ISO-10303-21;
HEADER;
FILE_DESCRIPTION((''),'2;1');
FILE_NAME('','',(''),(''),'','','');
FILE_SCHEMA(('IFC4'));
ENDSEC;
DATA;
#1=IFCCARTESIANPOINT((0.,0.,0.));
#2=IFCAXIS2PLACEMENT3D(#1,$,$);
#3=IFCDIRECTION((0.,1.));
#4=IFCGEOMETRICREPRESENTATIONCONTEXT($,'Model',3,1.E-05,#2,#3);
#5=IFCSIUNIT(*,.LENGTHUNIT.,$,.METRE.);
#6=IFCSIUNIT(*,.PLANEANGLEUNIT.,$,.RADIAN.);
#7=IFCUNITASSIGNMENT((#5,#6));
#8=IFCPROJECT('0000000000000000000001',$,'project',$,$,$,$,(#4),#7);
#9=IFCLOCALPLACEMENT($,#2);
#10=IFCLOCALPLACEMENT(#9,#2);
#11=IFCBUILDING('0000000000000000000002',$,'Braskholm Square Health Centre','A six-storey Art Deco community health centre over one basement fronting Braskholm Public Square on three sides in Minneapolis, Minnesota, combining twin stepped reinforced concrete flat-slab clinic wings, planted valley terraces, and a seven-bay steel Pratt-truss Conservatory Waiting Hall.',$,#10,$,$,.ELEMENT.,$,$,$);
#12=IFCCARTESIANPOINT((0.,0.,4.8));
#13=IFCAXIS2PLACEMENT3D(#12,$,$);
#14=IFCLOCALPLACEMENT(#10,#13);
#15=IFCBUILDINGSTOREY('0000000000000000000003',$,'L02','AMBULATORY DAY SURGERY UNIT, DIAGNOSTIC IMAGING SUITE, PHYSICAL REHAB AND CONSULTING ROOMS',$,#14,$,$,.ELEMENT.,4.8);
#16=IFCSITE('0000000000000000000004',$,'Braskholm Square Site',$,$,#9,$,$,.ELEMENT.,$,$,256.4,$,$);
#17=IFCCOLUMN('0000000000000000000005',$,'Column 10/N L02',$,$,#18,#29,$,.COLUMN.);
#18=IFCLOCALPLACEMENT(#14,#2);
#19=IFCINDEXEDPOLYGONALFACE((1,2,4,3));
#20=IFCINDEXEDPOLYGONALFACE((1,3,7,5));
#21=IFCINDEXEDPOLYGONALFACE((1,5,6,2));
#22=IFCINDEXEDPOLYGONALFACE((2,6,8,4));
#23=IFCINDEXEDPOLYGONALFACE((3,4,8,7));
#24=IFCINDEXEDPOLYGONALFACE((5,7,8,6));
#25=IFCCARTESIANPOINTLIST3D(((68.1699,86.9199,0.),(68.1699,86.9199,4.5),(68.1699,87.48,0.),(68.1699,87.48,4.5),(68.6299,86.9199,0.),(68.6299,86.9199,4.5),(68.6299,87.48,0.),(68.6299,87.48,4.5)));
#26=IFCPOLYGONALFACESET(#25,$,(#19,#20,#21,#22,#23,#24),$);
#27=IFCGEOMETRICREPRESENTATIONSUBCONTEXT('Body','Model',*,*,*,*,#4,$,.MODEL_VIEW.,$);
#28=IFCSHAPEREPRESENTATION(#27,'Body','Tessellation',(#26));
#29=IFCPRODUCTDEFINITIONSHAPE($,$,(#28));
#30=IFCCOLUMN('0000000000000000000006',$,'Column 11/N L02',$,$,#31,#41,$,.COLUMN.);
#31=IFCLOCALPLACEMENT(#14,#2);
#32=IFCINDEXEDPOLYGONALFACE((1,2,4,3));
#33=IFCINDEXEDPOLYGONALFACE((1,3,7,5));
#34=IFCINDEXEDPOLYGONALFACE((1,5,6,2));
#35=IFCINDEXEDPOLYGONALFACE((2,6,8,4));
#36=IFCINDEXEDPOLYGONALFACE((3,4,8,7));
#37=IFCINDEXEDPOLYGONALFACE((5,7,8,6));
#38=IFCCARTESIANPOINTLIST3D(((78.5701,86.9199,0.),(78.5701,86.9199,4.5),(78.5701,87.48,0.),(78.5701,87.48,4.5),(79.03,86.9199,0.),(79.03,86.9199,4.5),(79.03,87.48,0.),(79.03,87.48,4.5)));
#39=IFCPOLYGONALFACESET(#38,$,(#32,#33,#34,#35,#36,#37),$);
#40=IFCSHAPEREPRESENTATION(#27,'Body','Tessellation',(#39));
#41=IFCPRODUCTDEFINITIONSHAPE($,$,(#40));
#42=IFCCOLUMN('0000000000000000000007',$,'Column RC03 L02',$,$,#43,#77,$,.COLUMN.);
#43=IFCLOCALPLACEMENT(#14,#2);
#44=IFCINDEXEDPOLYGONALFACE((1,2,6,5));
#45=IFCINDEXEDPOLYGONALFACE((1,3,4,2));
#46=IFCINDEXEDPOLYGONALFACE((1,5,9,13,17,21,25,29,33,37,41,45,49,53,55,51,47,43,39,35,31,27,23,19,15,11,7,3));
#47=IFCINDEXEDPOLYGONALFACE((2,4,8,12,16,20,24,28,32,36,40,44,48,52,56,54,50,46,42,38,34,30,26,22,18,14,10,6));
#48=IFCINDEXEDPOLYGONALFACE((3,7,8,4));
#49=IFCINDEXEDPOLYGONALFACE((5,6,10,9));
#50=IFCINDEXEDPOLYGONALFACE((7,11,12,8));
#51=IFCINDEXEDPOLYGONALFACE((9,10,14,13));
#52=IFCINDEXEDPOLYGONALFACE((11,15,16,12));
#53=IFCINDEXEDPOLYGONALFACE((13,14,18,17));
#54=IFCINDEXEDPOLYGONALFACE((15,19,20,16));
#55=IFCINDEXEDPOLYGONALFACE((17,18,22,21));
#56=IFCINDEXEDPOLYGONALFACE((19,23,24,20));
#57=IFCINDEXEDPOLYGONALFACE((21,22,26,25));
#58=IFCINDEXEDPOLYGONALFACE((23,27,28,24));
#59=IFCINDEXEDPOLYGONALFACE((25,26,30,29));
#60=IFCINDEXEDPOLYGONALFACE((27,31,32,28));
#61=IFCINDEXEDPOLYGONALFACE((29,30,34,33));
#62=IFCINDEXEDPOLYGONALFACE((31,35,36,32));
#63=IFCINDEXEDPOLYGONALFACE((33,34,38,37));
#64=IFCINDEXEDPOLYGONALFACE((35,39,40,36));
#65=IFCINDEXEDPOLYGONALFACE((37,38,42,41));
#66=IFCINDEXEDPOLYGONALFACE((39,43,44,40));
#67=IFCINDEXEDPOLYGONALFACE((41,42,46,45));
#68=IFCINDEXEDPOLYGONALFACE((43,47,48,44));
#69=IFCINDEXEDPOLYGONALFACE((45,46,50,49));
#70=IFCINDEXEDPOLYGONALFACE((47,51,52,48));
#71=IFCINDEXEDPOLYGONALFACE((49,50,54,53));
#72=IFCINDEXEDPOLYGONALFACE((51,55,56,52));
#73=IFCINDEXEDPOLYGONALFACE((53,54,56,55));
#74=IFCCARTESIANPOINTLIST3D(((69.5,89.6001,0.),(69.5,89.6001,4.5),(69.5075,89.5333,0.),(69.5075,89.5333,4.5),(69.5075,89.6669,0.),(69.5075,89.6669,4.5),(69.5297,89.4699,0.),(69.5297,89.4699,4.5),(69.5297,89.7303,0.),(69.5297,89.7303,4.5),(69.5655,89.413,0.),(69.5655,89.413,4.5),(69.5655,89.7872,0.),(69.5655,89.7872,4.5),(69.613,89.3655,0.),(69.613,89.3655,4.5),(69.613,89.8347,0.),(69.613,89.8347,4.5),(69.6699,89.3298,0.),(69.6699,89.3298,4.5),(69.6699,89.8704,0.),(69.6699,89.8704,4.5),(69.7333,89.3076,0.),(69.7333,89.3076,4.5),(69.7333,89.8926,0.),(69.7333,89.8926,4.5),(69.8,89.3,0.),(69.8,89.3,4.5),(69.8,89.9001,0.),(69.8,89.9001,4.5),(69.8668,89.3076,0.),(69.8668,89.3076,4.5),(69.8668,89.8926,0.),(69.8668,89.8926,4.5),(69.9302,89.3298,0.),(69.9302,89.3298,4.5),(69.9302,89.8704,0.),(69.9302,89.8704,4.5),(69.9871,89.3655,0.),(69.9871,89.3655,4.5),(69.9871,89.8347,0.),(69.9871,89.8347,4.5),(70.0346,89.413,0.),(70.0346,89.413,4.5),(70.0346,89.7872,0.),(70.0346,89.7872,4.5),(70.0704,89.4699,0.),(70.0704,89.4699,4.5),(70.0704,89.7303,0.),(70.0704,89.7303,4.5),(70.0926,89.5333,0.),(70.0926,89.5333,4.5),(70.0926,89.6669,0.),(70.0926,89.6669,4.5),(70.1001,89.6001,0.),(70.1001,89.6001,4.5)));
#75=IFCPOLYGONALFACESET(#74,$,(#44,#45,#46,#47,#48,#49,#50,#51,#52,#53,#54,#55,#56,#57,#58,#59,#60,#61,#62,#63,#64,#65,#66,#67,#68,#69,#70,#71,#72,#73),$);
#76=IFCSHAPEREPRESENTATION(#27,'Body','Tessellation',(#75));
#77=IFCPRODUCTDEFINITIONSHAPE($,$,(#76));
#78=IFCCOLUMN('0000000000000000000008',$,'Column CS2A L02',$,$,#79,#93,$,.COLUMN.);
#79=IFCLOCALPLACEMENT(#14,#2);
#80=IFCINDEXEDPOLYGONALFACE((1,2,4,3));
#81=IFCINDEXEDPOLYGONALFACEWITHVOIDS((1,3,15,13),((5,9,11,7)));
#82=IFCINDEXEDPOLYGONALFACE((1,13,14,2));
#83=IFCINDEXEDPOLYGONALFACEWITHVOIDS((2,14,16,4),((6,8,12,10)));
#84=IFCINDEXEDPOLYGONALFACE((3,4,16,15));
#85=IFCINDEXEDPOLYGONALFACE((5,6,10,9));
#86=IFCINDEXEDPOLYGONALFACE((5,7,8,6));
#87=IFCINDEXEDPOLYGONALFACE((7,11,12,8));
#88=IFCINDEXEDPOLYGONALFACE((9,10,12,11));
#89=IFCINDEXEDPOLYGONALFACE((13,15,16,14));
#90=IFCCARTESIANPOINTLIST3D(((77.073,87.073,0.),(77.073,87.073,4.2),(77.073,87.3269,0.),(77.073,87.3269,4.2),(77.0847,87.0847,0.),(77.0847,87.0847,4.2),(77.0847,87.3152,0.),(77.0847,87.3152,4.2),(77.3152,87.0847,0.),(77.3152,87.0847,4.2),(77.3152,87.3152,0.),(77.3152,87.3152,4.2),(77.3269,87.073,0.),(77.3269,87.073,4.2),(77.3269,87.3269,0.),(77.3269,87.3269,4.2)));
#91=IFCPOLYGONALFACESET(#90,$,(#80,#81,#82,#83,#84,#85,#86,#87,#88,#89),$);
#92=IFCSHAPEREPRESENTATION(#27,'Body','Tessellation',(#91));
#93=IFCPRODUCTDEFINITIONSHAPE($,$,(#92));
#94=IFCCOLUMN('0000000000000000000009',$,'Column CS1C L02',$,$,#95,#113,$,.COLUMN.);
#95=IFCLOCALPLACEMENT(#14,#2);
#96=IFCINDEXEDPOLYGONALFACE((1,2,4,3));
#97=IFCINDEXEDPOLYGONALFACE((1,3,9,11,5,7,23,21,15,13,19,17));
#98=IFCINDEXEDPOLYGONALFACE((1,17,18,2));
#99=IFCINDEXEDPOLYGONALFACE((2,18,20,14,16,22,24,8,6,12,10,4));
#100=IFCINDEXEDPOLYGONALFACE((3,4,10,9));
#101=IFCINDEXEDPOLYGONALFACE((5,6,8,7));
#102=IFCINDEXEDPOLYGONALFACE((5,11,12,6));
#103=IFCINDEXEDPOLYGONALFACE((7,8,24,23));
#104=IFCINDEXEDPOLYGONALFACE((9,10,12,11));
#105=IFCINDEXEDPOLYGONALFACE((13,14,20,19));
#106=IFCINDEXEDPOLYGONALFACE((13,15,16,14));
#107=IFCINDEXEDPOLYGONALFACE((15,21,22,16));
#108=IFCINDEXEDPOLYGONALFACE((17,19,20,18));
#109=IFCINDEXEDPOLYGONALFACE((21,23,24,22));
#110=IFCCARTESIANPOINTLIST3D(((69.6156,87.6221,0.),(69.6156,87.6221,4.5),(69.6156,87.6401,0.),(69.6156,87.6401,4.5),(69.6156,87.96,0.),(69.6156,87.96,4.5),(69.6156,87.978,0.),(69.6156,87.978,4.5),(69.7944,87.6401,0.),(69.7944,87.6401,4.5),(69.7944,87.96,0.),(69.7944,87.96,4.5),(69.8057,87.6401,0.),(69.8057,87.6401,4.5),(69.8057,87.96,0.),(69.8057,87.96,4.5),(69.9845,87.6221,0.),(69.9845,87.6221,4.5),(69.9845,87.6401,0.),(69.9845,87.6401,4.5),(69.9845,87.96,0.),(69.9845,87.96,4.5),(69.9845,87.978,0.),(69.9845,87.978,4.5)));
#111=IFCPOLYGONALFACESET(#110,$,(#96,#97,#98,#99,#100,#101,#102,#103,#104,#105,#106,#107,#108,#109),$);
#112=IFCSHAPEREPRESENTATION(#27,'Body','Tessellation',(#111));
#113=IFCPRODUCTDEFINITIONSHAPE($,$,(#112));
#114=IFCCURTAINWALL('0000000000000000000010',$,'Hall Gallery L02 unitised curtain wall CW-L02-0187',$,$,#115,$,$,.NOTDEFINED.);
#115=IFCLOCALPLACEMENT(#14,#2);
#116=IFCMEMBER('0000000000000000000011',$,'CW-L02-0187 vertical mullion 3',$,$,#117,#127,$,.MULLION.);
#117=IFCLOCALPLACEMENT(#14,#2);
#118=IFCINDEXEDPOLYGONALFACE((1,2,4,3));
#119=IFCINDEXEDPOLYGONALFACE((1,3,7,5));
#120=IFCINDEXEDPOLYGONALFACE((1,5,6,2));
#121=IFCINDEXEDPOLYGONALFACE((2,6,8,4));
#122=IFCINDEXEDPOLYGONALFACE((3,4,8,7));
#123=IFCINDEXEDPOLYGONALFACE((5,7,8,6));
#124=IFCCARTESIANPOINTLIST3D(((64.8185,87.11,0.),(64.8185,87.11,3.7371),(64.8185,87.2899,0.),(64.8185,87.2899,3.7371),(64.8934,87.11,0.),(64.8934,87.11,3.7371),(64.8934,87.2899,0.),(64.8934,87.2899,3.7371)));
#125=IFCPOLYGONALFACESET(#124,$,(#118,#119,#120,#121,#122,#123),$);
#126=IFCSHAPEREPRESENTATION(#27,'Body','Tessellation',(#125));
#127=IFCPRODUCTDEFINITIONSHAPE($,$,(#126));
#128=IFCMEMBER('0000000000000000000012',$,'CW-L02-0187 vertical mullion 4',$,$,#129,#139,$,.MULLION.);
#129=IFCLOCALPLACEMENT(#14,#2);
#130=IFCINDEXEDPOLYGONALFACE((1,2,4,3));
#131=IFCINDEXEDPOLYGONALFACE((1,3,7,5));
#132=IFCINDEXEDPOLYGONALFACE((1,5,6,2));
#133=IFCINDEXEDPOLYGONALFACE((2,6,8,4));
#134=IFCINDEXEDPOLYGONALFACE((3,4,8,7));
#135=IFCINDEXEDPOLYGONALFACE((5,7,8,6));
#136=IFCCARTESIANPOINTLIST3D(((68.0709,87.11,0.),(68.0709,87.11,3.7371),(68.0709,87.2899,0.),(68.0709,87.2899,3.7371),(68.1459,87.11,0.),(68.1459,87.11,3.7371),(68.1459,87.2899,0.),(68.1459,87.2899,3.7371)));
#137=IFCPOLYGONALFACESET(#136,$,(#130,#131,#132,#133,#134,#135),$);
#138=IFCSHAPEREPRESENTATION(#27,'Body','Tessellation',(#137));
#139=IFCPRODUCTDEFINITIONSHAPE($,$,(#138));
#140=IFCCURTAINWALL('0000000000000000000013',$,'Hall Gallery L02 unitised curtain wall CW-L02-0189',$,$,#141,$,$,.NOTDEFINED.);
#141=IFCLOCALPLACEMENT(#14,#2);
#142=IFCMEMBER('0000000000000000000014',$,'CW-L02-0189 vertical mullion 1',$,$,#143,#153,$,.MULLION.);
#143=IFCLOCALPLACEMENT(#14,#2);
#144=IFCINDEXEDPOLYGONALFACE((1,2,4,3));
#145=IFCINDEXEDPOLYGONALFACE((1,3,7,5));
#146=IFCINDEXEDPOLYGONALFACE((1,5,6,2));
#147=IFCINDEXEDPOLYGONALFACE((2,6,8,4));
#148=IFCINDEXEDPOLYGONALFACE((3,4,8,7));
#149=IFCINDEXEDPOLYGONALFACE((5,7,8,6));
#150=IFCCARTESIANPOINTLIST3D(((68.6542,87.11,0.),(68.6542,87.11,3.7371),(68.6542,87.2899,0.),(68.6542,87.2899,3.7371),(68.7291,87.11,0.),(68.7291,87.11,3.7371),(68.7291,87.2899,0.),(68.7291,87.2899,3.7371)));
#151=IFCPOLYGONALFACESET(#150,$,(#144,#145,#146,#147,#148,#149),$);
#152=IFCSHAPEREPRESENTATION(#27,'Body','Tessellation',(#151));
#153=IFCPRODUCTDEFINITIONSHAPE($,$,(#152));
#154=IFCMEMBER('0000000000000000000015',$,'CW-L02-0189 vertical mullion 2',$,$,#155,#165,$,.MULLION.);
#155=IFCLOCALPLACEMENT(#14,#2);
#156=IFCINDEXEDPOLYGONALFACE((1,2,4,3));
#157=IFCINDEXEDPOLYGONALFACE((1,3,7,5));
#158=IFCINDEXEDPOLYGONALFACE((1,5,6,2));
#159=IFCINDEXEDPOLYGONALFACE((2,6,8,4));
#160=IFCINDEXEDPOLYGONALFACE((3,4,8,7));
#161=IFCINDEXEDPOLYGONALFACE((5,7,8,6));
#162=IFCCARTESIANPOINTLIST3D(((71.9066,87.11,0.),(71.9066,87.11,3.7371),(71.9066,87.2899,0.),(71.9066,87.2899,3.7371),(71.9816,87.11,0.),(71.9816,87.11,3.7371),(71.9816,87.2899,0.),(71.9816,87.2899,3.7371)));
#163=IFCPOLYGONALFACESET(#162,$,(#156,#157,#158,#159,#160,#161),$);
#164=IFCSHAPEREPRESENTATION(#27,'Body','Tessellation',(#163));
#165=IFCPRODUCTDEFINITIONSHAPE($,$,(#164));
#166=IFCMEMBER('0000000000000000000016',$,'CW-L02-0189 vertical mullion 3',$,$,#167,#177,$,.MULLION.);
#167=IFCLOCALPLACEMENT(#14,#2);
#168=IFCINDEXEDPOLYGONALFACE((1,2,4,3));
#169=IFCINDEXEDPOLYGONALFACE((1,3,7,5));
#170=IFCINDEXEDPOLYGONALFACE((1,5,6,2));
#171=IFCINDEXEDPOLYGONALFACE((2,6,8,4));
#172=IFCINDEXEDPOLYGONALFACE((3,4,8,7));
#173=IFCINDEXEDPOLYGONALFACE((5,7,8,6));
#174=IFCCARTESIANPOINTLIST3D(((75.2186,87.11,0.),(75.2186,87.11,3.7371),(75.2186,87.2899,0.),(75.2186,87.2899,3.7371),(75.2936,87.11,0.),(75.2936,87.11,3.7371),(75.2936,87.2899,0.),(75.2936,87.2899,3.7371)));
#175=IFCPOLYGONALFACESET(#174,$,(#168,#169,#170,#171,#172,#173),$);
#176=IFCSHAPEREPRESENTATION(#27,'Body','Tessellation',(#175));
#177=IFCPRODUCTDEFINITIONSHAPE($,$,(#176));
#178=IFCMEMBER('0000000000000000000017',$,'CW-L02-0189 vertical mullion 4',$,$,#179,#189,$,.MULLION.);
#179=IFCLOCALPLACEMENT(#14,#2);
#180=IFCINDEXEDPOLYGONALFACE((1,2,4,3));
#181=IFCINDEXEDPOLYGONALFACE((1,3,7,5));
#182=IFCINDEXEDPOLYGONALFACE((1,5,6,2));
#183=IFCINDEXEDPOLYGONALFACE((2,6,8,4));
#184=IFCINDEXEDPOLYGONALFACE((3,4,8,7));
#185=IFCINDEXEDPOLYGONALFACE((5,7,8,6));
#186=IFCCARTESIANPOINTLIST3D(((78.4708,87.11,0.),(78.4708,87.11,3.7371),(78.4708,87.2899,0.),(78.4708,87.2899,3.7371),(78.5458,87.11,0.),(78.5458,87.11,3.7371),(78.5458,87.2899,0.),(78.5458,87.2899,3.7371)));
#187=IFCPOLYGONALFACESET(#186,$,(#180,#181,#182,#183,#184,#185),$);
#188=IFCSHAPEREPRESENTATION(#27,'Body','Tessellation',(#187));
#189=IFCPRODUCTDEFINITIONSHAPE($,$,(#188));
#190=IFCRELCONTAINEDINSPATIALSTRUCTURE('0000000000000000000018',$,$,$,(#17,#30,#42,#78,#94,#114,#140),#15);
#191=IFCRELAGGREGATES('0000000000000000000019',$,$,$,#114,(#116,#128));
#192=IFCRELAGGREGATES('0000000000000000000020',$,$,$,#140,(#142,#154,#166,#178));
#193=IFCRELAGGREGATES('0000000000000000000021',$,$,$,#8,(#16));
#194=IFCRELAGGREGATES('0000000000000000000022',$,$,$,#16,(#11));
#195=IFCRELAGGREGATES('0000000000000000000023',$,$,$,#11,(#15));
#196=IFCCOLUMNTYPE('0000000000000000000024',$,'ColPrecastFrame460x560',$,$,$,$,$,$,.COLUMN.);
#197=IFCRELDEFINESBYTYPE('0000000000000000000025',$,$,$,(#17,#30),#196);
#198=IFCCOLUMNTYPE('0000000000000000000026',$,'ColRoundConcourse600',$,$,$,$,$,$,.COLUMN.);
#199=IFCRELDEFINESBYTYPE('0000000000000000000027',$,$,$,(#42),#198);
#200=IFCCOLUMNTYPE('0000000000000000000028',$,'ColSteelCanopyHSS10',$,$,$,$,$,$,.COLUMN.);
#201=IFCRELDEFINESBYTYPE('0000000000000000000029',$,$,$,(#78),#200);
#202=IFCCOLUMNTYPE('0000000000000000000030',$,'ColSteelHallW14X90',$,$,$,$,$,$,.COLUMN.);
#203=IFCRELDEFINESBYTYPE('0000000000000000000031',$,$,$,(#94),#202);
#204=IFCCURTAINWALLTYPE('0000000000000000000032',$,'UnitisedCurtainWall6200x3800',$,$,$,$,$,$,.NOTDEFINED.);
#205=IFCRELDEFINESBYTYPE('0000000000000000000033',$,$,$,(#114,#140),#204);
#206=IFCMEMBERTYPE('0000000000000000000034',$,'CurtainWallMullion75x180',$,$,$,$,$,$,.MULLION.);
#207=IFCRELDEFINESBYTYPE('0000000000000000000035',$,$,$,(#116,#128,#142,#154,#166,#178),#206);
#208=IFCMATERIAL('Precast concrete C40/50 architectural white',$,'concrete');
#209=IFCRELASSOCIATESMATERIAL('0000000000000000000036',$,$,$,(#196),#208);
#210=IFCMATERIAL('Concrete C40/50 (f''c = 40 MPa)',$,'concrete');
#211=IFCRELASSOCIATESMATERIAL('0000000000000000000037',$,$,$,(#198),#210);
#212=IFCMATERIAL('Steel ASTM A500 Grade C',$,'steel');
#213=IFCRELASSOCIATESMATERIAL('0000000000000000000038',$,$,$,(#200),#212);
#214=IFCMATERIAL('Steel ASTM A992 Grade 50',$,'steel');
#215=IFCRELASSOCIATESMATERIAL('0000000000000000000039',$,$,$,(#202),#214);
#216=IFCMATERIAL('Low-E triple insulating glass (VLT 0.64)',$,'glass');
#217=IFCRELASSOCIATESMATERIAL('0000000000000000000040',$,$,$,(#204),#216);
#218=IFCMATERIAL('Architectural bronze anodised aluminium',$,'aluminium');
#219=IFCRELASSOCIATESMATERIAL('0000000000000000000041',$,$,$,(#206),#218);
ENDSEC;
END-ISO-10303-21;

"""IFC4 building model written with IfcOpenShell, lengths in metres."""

from ifc_helpers import new_model, si_unit, direction, frame, origin, origin_2d, place, context, subcontext, project, spatial, rectangle, hollow_rectangle, circle, i_section, extrude, material, material_profile, profile_set, type_object, element, aggregate, save


model = new_model("IFC4")

# Units and contexts
model_context = context("Model", 3, precision=1e-05, world=origin(), true_north=direction((0.0, 1.0)))
body_context = subcontext(model_context, "Body", "Model", "MODEL_VIEW")
ifc_project = project(units=[si_unit("LENGTHUNIT", "METRE"), si_unit("PLANEANGLEUNIT", "RADIAN")], contexts=[model_context])

# Site, building, storey
site_placement = place(None, origin())
site = spatial("IfcSite", under=ifc_project, at=site_placement, Name="Braskholm Square Site", CompositionType="ELEMENT", RefElevation=256.4)
building_placement = place(site_placement, origin())
building = spatial("IfcBuilding", under=site, at=building_placement, Name="Braskholm Square Health Centre", Description="A six-storey Art Deco community health centre over one basement fronting Braskholm Public Square on three sides in Minneapolis, Minnesota, combining twin stepped reinforced concrete flat-slab clinic wings, planted valley terraces, and a seven-bay steel Pratt-truss Conservatory Waiting Hall.", CompositionType="ELEMENT")
storey_placement = place(building_placement, frame((0.0, 0.0, 4.8)))
storey = spatial("IfcBuildingStorey", under=building, at=storey_placement, Name="L02", Description="AMBULATORY DAY SURGERY UNIT, DIAGNOSTIC IMAGING SUITE, PHYSICAL REHAB AND CONSULTING ROOMS", CompositionType="ELEMENT", Elevation=4.8)

# Columns
ifc_material_1 = material(Name="Precast concrete C40/50 architectural white", Category="concrete")
ifc_material_profile_1 = material_profile(ifc_material_1, rectangle(XDim=0.46, YDim=0.5601, at=origin_2d()), Name="RC-460X560")
ifc_profile_set_1 = profile_set([ifc_material_profile_1], Name="Precast concrete C40/50 architectural white")
column_type_1 = type_object("IfcColumnType", Name="ColPrecastFrame460x560", PredefinedType="COLUMN", material=ifc_profile_set_1)
for number, where, z_axis, x_axis, name in (
    (1, (68.3999, 87.2, 0.0), (0.0, 0.0, 1.0), (1.0, 0.0, 0.0), "Column 10/N L02"),
    (2, (78.8, 87.2, 0.0), (0.0, 0.0, 1.0), (1.0, 0.0, 0.0), "Column 11/N L02"),
):
    element("IfcColumn", number, at=place(storey_placement, frame(where, z_axis=z_axis, x_axis=x_axis)), inside=storey, type_object=column_type_1, Name=name, PredefinedType="COLUMN", context=body_context, shape_type="SweptSolid", body=[
        extrude(rectangle(XDim=0.46, YDim=0.5601, at=origin_2d()), origin(), (0.0, 0.0, 1.0), 4.5),
    ])
ifc_material_2 = material(Name="Concrete C40/50 (f'c = 40 MPa)", Category="concrete")
ifc_material_profile_2 = material_profile(ifc_material_2, circle(Radius=0.3, at=origin_2d()), Name="RC-RND-600")
ifc_profile_set_2 = profile_set([ifc_material_profile_2], Name="Concrete C40/50 (f'c = 40 MPa)")
column_type_2 = type_object("IfcColumnType", Name="ColRoundConcourse600", PredefinedType="COLUMN", material=ifc_profile_set_2)
column_1_placement = place(storey_placement, frame((69.8, 89.6001, 0.0), z_axis=(0.0, 0.0, 1.0), x_axis=(1.0, 0.0, 0.0)))
element("IfcColumn", 3, at=column_1_placement, inside=storey, type_object=column_type_2, Name="Column RC03 L02", PredefinedType="COLUMN", context=body_context, shape_type="SweptSolid", body=[
    extrude(circle(Radius=0.3, at=origin_2d()), origin(), (0.0, 0.0, 1.0), 4.5),
])
ifc_material_3 = material(Name="Steel ASTM A500 Grade C", Category="steel")
ifc_material_profile_3 = material_profile(ifc_material_3, hollow_rectangle(XDim=0.2539, YDim=0.2539, WallThickness=0.0117, at=origin_2d()), Name="HSS10X10X1/2")
ifc_profile_set_3 = profile_set([ifc_material_profile_3], Name="Steel ASTM A500 Grade C")
column_type_3 = type_object("IfcColumnType", Name="ColSteelCanopyHSS10", PredefinedType="COLUMN", material=ifc_profile_set_3)
column_2_placement = place(storey_placement, frame((77.2, 87.2, 0.0), z_axis=(0.0, 0.0, 1.0), x_axis=(1.0, 0.0, 0.0)))
element("IfcColumn", 4, at=column_2_placement, inside=storey, type_object=column_type_3, Name="Column CS2A L02", PredefinedType="COLUMN", context=body_context, shape_type="SweptSolid", body=[
    extrude(hollow_rectangle(XDim=0.2539, YDim=0.2539, WallThickness=0.0117, at=origin_2d()), origin(), (0.0, 0.0, 1.0), 4.2),
])
ifc_material_4 = material(Name="Steel ASTM A992 Grade 50", Category="steel")
ifc_material_profile_4 = material_profile(ifc_material_4, i_section(OverallWidth=0.3689, OverallDepth=0.356, WebThickness=0.0112, FlangeThickness=0.0181, at=origin_2d()), Name="W14X90")
ifc_profile_set_4 = profile_set([ifc_material_profile_4], Name="Steel ASTM A992 Grade 50")
column_type_4 = type_object("IfcColumnType", Name="ColSteelHallW14X90", PredefinedType="COLUMN", material=ifc_profile_set_4)
column_3_placement = place(storey_placement, frame((69.8, 87.8, 0.0), z_axis=(0.0, 0.0, 1.0), x_axis=(1.0, 0.0, 0.0)))
element("IfcColumn", 5, at=column_3_placement, inside=storey, type_object=column_type_4, Name="Column CS1C L02", PredefinedType="COLUMN", context=body_context, shape_type="SweptSolid", body=[
    extrude(i_section(OverallWidth=0.3689, OverallDepth=0.356, WebThickness=0.0112, FlangeThickness=0.0181, at=origin_2d()), origin(), (0.0, 0.0, 1.0), 4.5),
])

# Curtain walls, members
ifc_material_5 = material(Name="Low-E triple insulating glass (VLT 0.64)", Category="glass")
curtain_wall_type = type_object("IfcCurtainWallType", Name="UnitisedCurtainWall6200x3800", PredefinedType="NOTDEFINED", material=ifc_material_5)
curtain_wall_1_placement = place(storey_placement, origin())
curtain_wall_1 = element("IfcCurtainWall", 6, at=curtain_wall_1_placement, inside=storey, type_object=curtain_wall_type, Name="Hall Gallery L02 unitised curtain wall CW-L02-0187", PredefinedType="NOTDEFINED")
ifc_material_6 = material(Name="Architectural bronze anodised aluminium", Category="aluminium")
ifc_material_profile_5 = material_profile(ifc_material_6, rectangle(XDim=0.075, YDim=0.1799, at=origin_2d()), Name="ALU-75X180")
ifc_profile_set_5 = profile_set([ifc_material_profile_5], Name="Architectural bronze anodised aluminium")
member_type_1 = type_object("IfcMemberType", Name="CurtainWallMullion75x180", PredefinedType="MULLION", material=ifc_profile_set_5)
member_1_placement = place(storey_placement, frame((64.856, 87.2, 0.0), z_axis=(0.0, 0.0, 1.0), x_axis=(1.0, 0.0, 0.0)))
member_1 = element("IfcMember", 7, at=member_1_placement, type_object=member_type_1, Name="CW-L02-0187 vertical mullion 3", PredefinedType="MULLION", context=body_context, shape_type="SweptSolid", body=[
    extrude(rectangle(XDim=0.075, YDim=0.1799, at=origin_2d()), origin(), (0.0, 0.0, 1.0), 3.7371),
])
member_2_placement = place(storey_placement, frame((68.1084, 87.2, 0.0), z_axis=(0.0, 0.0, 1.0), x_axis=(1.0, 0.0, 0.0)))
member_2 = element("IfcMember", 8, at=member_2_placement, type_object=member_type_1, Name="CW-L02-0187 vertical mullion 4", PredefinedType="MULLION", context=body_context, shape_type="SweptSolid", body=[
    extrude(rectangle(XDim=0.075, YDim=0.1799, at=origin_2d()), origin(), (0.0, 0.0, 1.0), 3.7371),
])
curtain_wall_2_placement = place(storey_placement, origin())
curtain_wall_2 = element("IfcCurtainWall", 9, at=curtain_wall_2_placement, inside=storey, type_object=curtain_wall_type, Name="Hall Gallery L02 unitised curtain wall CW-L02-0189", PredefinedType="NOTDEFINED")
member_3_placement = place(storey_placement, frame((68.6917, 87.2, 0.0), z_axis=(0.0, 0.0, 1.0), x_axis=(1.0, 0.0, 0.0)))
member_3 = element("IfcMember", 10, at=member_3_placement, type_object=member_type_1, Name="CW-L02-0189 vertical mullion 1", PredefinedType="MULLION", context=body_context, shape_type="SweptSolid", body=[
    extrude(rectangle(XDim=0.075, YDim=0.1799, at=origin_2d()), origin(), (0.0, 0.0, 1.0), 3.7371),
])
member_4_placement = place(storey_placement, frame((71.9441, 87.2, 0.0), z_axis=(0.0, 0.0, 1.0), x_axis=(1.0, 0.0, 0.0)))
member_4 = element("IfcMember", 11, at=member_4_placement, type_object=member_type_1, Name="CW-L02-0189 vertical mullion 2", PredefinedType="MULLION", context=body_context, shape_type="SweptSolid", body=[
    extrude(rectangle(XDim=0.075, YDim=0.1799, at=origin_2d()), origin(), (0.0, 0.0, 1.0), 3.7371),
])
member_5_placement = place(storey_placement, frame((75.2561, 87.2, 0.0), z_axis=(0.0, 0.0, 1.0), x_axis=(1.0, 0.0, 0.0)))
member_5 = element("IfcMember", 12, at=member_5_placement, type_object=member_type_1, Name="CW-L02-0189 vertical mullion 3", PredefinedType="MULLION", context=body_context, shape_type="SweptSolid", body=[
    extrude(rectangle(XDim=0.075, YDim=0.1799, at=origin_2d()), origin(), (0.0, 0.0, 1.0), 3.7371),
])
member_6_placement = place(storey_placement, frame((78.5083, 87.2, 0.0), z_axis=(0.0, 0.0, 1.0), x_axis=(1.0, 0.0, 0.0)))
member_6 = element("IfcMember", 13, at=member_6_placement, type_object=member_type_1, Name="CW-L02-0189 vertical mullion 4", PredefinedType="MULLION", context=body_context, shape_type="SweptSolid", body=[
    extrude(rectangle(XDim=0.075, YDim=0.1799, at=origin_2d()), origin(), (0.0, 0.0, 1.0), 3.7371),
])

aggregate(curtain_wall_1, [member_1, member_2])
aggregate(curtain_wall_2, [member_3, member_4, member_5, member_6])

save(model, "model.ifc")
